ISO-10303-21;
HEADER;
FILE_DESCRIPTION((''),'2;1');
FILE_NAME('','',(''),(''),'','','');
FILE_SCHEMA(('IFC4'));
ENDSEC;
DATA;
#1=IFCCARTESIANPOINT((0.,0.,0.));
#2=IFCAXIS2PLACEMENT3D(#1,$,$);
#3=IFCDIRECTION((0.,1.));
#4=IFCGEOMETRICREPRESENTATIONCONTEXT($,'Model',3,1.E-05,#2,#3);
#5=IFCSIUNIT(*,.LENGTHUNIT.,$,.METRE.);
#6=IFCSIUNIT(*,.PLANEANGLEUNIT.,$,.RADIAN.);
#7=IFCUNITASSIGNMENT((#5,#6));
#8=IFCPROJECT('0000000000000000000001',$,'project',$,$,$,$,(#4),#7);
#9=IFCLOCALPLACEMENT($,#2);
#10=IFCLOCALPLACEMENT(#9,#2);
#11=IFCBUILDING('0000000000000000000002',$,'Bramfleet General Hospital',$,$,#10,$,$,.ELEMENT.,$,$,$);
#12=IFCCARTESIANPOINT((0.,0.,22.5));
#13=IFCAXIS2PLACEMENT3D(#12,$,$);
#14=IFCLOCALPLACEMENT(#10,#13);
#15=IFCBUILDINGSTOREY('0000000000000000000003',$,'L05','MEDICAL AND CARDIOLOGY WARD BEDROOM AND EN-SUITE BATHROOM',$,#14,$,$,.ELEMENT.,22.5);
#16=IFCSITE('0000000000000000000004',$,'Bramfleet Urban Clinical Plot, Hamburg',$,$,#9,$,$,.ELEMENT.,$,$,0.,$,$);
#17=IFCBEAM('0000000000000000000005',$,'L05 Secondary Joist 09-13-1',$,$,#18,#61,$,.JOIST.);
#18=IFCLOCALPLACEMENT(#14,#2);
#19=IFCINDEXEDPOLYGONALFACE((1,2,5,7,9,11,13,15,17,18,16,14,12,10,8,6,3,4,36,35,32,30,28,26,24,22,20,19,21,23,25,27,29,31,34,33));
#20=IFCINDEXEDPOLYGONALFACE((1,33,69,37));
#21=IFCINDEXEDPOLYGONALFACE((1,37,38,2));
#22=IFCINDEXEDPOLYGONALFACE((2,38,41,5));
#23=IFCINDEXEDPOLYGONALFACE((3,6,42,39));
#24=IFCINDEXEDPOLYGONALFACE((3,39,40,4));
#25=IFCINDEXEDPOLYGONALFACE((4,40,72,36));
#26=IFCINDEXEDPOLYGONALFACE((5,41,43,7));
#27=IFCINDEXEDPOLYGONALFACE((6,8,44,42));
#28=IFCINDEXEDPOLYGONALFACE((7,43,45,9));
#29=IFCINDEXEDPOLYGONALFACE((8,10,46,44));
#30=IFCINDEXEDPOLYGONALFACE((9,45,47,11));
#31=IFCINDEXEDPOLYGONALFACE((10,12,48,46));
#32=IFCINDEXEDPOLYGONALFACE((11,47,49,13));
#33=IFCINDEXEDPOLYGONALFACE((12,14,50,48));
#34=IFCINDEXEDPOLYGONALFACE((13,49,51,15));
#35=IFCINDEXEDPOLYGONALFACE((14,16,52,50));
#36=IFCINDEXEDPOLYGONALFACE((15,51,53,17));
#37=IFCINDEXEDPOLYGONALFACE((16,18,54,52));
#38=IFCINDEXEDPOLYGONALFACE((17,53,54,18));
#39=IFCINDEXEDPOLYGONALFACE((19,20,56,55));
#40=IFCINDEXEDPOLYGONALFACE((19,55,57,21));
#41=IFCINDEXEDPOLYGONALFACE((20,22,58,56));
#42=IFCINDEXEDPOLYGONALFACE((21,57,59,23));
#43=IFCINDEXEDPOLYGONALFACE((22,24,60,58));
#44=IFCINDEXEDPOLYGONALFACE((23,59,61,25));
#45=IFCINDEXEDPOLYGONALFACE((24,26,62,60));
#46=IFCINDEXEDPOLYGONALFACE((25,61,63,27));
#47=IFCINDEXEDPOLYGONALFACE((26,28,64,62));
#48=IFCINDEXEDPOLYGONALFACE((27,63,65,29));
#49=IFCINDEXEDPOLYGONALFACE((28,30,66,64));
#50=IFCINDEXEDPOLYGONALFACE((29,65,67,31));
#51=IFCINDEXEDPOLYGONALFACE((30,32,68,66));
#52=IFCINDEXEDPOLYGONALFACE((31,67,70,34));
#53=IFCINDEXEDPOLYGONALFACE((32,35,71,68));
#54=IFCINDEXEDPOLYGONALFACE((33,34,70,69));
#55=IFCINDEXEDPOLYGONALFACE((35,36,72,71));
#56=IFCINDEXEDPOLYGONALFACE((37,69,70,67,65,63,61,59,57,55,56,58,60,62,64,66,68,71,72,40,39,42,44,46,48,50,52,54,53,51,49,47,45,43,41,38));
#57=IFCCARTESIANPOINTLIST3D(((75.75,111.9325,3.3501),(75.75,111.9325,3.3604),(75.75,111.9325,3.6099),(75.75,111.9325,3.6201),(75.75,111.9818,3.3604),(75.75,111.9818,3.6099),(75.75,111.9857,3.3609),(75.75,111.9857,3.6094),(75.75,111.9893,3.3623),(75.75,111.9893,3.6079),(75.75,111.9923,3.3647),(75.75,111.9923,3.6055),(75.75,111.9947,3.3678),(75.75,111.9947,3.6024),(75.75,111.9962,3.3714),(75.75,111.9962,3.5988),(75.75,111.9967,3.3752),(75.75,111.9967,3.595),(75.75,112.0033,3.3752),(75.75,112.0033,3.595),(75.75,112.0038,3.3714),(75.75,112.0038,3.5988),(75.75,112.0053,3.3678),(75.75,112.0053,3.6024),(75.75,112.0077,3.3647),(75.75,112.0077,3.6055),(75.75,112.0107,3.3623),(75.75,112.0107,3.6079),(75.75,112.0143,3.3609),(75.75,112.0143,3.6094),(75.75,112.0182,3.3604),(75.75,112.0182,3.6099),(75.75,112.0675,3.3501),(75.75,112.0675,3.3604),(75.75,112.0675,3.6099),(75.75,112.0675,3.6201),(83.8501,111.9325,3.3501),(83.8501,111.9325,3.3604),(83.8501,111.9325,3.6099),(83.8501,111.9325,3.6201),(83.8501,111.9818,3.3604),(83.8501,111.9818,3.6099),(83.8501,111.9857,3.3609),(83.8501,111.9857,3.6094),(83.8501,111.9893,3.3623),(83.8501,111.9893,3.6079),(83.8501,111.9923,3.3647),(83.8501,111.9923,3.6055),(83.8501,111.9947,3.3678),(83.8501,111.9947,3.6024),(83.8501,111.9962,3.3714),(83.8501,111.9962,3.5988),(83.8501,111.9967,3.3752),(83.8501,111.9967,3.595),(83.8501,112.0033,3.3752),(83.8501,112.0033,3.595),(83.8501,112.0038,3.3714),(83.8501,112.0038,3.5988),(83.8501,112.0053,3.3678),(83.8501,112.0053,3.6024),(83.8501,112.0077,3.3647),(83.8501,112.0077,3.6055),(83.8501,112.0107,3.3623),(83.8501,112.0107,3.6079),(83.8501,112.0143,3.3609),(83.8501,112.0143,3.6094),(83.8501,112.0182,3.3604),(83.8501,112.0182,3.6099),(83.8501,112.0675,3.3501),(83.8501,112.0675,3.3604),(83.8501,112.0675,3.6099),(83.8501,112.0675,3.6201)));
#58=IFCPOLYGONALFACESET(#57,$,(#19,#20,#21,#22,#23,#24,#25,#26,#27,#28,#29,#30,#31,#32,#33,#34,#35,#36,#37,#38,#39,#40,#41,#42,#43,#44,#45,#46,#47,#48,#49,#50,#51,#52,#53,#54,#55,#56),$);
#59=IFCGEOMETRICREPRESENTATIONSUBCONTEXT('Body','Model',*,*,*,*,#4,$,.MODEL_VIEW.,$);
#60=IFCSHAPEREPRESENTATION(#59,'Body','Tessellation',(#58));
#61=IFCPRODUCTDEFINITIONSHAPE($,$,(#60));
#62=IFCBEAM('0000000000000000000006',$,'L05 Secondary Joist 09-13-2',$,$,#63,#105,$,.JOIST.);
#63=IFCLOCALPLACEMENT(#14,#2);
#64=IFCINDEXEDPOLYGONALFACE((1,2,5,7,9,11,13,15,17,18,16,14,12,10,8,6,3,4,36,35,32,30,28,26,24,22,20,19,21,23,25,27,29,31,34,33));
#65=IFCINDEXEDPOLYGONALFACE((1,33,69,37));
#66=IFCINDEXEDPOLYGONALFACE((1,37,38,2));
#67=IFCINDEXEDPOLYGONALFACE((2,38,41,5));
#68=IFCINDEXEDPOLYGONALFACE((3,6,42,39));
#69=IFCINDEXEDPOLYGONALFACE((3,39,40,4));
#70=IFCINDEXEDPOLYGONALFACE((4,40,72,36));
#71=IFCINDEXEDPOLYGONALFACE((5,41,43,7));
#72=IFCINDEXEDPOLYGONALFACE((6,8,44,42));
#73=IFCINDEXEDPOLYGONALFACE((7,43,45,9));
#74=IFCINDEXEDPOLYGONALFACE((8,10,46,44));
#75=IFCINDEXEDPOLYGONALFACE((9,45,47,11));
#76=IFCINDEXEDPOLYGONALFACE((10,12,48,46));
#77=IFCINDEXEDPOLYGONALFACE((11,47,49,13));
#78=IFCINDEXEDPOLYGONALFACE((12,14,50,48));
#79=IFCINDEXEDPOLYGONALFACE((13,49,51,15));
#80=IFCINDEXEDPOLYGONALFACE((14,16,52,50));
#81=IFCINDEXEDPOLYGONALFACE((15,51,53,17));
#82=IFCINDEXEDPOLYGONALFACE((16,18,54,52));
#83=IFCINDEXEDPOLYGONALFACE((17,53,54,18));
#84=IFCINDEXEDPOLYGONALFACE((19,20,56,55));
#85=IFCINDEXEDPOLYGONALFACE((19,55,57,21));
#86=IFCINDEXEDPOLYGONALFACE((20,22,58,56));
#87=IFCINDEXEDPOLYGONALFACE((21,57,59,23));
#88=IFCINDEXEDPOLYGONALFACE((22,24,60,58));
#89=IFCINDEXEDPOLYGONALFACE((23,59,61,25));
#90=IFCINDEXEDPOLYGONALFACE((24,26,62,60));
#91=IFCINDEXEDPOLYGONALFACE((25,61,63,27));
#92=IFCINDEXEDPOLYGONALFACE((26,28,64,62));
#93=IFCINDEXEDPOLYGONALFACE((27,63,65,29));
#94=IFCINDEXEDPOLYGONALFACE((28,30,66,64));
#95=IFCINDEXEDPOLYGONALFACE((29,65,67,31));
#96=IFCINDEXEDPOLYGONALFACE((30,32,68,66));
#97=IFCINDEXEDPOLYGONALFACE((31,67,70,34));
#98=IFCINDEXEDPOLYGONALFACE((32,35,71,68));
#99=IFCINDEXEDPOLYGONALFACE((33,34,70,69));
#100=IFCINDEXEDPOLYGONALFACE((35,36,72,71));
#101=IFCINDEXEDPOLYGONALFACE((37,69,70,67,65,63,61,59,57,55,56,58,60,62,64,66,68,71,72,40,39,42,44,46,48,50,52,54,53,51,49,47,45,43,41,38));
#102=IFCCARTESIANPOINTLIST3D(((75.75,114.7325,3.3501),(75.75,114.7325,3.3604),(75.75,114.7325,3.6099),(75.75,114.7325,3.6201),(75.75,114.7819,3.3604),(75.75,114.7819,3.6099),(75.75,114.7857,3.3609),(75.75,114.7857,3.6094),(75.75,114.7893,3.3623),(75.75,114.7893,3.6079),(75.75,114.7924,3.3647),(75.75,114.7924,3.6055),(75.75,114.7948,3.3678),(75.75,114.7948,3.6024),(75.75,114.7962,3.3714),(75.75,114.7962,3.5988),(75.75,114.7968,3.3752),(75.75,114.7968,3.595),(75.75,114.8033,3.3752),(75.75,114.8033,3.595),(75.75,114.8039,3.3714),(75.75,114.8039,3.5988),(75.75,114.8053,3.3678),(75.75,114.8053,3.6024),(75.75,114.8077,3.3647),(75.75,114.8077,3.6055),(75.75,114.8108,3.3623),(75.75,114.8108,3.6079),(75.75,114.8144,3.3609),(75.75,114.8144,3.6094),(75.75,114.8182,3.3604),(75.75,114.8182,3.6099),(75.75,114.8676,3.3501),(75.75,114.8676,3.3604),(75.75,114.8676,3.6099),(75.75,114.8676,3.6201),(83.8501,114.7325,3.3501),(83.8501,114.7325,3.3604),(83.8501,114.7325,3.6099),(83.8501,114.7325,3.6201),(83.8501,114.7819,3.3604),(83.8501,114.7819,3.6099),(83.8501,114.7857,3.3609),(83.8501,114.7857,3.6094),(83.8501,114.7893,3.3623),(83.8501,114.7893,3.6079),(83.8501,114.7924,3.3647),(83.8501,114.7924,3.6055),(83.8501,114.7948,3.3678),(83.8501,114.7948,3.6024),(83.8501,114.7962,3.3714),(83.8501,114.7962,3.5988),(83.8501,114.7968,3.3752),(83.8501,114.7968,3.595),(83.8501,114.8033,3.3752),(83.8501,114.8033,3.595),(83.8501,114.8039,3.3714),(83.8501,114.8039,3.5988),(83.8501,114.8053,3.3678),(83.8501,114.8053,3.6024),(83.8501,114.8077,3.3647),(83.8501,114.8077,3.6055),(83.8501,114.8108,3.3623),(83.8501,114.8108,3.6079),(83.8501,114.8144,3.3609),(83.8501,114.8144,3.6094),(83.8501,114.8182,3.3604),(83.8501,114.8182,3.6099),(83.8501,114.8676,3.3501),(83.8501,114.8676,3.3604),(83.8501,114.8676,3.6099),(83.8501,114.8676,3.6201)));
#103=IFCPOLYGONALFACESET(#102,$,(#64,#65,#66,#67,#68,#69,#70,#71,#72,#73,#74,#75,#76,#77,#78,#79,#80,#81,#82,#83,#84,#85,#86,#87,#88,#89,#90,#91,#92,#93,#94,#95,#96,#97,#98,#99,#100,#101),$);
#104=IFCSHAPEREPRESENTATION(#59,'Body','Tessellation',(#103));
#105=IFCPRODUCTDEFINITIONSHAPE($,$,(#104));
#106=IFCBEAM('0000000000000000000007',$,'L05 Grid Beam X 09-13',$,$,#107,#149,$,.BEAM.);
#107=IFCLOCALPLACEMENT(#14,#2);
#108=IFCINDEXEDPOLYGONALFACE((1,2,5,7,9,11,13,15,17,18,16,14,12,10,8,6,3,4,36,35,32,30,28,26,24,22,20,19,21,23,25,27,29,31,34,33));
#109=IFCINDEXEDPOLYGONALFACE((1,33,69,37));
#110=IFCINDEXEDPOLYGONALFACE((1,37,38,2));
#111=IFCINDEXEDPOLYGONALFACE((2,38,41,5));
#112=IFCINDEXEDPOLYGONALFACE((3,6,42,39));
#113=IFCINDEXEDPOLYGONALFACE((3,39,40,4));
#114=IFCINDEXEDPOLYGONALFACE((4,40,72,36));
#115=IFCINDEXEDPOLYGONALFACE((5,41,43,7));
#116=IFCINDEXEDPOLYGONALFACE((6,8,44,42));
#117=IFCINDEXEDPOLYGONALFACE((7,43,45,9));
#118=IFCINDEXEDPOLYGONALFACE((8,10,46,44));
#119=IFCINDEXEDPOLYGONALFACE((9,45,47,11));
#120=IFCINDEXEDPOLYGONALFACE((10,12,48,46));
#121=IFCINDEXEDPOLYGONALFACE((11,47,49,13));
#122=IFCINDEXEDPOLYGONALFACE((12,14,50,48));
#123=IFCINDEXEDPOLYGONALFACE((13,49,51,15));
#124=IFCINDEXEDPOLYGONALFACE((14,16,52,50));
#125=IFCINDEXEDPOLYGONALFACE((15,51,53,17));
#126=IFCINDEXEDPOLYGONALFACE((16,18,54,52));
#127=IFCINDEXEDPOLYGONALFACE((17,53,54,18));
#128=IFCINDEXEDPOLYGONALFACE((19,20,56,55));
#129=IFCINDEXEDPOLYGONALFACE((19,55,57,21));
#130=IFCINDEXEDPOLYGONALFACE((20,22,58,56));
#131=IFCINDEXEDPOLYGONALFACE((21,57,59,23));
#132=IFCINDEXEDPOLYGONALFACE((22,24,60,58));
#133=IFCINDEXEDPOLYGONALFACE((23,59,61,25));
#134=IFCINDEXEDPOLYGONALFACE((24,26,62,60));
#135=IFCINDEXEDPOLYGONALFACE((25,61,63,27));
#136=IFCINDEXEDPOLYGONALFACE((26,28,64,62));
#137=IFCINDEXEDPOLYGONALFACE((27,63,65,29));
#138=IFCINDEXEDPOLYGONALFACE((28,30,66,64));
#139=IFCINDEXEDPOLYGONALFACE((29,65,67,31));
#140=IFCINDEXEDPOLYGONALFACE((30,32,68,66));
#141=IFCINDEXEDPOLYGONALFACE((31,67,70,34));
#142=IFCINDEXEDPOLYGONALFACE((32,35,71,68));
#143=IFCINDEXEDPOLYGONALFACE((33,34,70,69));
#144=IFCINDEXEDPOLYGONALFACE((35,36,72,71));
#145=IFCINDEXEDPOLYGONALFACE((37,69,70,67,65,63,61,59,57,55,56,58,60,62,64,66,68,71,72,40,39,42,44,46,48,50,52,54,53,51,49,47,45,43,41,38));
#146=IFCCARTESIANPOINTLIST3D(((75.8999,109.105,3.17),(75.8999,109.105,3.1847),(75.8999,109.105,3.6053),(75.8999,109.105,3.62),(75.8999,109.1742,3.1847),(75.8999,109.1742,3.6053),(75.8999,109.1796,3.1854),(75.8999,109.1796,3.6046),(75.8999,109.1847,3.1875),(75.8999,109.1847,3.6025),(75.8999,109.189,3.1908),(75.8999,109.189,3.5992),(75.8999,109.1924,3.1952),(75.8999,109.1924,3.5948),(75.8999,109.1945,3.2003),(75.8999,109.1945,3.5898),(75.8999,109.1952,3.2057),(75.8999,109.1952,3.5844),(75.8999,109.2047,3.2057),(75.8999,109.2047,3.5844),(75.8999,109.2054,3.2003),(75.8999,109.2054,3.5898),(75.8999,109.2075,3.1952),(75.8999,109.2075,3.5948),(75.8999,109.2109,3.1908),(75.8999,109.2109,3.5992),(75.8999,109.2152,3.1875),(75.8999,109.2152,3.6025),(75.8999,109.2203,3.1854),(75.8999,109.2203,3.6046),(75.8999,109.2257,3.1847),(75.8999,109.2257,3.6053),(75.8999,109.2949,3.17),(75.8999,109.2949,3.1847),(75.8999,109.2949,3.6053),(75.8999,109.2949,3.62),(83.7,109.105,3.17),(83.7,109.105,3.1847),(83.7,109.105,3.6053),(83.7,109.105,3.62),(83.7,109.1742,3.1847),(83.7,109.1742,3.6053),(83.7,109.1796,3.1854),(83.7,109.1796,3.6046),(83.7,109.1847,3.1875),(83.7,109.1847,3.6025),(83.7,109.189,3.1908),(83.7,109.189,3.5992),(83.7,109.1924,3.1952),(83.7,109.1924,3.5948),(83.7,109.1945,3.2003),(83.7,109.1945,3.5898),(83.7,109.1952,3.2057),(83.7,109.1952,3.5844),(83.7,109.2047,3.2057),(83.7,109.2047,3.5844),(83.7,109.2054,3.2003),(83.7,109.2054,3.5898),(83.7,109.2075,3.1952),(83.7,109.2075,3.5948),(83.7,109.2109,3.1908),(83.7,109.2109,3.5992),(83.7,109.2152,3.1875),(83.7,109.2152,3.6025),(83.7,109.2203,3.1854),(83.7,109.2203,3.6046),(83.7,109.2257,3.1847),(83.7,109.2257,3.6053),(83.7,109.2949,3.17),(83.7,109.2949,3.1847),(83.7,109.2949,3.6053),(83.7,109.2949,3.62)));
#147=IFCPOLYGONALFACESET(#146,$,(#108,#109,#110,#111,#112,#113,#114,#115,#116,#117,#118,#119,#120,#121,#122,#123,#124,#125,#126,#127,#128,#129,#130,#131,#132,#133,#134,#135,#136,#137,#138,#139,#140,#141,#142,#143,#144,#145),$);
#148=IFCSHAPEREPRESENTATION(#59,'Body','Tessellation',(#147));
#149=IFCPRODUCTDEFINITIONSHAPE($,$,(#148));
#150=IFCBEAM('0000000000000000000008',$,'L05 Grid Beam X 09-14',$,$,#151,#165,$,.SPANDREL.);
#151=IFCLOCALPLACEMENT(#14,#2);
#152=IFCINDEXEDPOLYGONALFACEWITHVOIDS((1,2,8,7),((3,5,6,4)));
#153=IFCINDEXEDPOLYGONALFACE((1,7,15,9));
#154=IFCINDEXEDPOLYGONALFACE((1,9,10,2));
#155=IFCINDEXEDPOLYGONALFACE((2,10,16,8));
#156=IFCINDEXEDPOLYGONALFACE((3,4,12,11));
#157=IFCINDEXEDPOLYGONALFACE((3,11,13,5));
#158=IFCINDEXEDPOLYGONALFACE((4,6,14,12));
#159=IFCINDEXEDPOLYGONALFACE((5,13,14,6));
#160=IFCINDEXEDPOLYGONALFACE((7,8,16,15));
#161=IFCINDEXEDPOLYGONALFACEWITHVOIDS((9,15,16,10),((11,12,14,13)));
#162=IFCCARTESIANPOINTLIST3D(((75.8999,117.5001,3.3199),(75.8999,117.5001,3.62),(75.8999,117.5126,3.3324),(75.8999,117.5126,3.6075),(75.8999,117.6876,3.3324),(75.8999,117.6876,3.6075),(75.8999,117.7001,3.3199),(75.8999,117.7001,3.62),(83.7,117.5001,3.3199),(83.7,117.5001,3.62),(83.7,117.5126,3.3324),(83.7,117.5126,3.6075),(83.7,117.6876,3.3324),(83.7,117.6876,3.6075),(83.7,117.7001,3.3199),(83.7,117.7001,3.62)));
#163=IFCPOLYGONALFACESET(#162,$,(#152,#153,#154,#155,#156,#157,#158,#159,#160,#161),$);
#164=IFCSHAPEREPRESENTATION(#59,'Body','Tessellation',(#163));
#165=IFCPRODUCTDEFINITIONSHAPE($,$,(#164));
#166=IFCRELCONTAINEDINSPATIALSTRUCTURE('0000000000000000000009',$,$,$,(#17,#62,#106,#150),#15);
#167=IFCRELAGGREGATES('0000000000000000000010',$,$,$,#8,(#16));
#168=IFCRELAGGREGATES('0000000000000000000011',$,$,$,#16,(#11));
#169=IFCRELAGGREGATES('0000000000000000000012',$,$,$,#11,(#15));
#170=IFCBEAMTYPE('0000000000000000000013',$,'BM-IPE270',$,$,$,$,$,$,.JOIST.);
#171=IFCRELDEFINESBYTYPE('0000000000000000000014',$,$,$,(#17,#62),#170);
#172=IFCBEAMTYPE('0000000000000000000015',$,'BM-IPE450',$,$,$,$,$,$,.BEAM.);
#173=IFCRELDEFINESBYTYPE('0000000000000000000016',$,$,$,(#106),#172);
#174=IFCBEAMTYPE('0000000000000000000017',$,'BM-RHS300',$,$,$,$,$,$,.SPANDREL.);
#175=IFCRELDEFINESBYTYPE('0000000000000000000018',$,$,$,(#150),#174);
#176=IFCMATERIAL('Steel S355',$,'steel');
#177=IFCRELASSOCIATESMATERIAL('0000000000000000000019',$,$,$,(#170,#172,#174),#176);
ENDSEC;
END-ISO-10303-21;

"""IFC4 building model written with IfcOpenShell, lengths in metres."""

from ifc_helpers import new_model, si_unit, direction, frame, origin, origin_2d, place, context, subcontext, project, spatial, hollow_rectangle, i_section, extrude, material, material_profile, profile_set, type_object, element, save


model = new_model("IFC4")

# Units and contexts
model_context = context("Model", 3, precision=1e-05, world=origin(), true_north=direction((0.0, 1.0)))
body_context = subcontext(model_context, "Body", "Model", "MODEL_VIEW")
ifc_project = project(units=[si_unit("LENGTHUNIT", "METRE"), si_unit("PLANEANGLEUNIT", "RADIAN")], contexts=[model_context])

# Site, building, storey
site_placement = place(None, origin())
site = spatial("IfcSite", under=ifc_project, at=site_placement, Name="Bramfleet Urban Clinical Plot, Hamburg", CompositionType="ELEMENT", RefElevation=0.0)
building_placement = place(site_placement, origin())
building = spatial("IfcBuilding", under=site, at=building_placement, Name="Bramfleet General Hospital", CompositionType="ELEMENT")
storey_placement = place(building_placement, frame((0.0, 0.0, 22.5)))
storey = spatial("IfcBuildingStorey", under=building, at=storey_placement, Name="L05", Description="MEDICAL AND CARDIOLOGY WARD BEDROOM AND EN-SUITE BATHROOM", CompositionType="ELEMENT", Elevation=22.5)

# Beams
ifc_material_1 = material(Name="Steel S355", Category="steel")
ifc_material_profile_1 = material_profile(ifc_material_1, i_section(OverallWidth=0.135, OverallDepth=0.27, WebThickness=0.0066, FlangeThickness=0.0103, FilletRadius=0.0149, at=origin_2d()), Name="IPE 270")
ifc_profile_set_1 = profile_set([ifc_material_profile_1], Name="Steel S355")
beam_type_1 = type_object("IfcBeamType", Name="BM-IPE270", PredefinedType="JOIST", material=ifc_profile_set_1)
for number, where, z_axis, x_axis, name in (
    (1, (75.75, 112.0, 3.4851), (1.0, 0.0, 0.0), (0.0, 1.0, 0.0), "L05 Secondary Joist 09-13-1"),
    (2, (75.75, 114.8, 3.4851), (1.0, 0.0, 0.0), (0.0, 1.0, 0.0), "L05 Secondary Joist 09-13-2"),
):
    element("IfcBeam", number, at=place(storey_placement, frame(where, z_axis=z_axis, x_axis=x_axis)), inside=storey, type_object=beam_type_1, Name=name, PredefinedType="JOIST", context=body_context, shape_type="SweptSolid", body=[
        extrude(i_section(OverallWidth=0.135, OverallDepth=0.27, WebThickness=0.0066, FlangeThickness=0.0103, FilletRadius=0.0149, at=origin_2d()), origin(), (0.0, 0.0, 1.0), 8.1001),
    ])
ifc_material_profile_2 = material_profile(ifc_material_1, i_section(OverallWidth=0.1899, OverallDepth=0.45, WebThickness=0.0095, FlangeThickness=0.0146, FilletRadius=0.021, at=origin_2d()), Name="IPE 450")
ifc_profile_set_2 = profile_set([ifc_material_profile_2], Name="Steel S355")
beam_type_2 = type_object("IfcBeamType", Name="BM-IPE450", PredefinedType="BEAM", material=ifc_profile_set_2)
beam_1_placement = place(storey_placement, frame((75.8999, 109.2, 3.395), z_axis=(1.0, 0.0, 0.0), x_axis=(0.0, 1.0, 0.0)))
element("IfcBeam", 3, at=beam_1_placement, inside=storey, type_object=beam_type_2, Name="L05 Grid Beam X 09-13", PredefinedType="BEAM", context=body_context, shape_type="SweptSolid", body=[
    extrude(i_section(OverallWidth=0.1899, OverallDepth=0.45, WebThickness=0.0095, FlangeThickness=0.0146, FilletRadius=0.021, at=origin_2d()), origin(), (0.0, 0.0, 1.0), 7.8),
])
ifc_material_profile_3 = material_profile(ifc_material_1, hollow_rectangle(XDim=0.2, YDim=0.3, WallThickness=0.0125, at=origin_2d()), Name="RHS 300x200x12.5")
ifc_profile_set_3 = profile_set([ifc_material_profile_3], Name="Steel S355")
beam_type_3 = type_object("IfcBeamType", Name="BM-RHS300", PredefinedType="SPANDREL", material=ifc_profile_set_3)
beam_2_placement = place(storey_placement, frame((75.8999, 117.6001, 3.47), z_axis=(1.0, 0.0, 0.0), x_axis=(0.0, 1.0, 0.0)))
element("IfcBeam", 4, at=beam_2_placement, inside=storey, type_object=beam_type_3, Name="L05 Grid Beam X 09-14", PredefinedType="SPANDREL", context=body_context, shape_type="SweptSolid", body=[
    extrude(hollow_rectangle(XDim=0.2, YDim=0.3, WallThickness=0.0125, at=origin_2d()), origin(), (0.0, 0.0, 1.0), 7.8),
])

save(model, "model.ifc")
